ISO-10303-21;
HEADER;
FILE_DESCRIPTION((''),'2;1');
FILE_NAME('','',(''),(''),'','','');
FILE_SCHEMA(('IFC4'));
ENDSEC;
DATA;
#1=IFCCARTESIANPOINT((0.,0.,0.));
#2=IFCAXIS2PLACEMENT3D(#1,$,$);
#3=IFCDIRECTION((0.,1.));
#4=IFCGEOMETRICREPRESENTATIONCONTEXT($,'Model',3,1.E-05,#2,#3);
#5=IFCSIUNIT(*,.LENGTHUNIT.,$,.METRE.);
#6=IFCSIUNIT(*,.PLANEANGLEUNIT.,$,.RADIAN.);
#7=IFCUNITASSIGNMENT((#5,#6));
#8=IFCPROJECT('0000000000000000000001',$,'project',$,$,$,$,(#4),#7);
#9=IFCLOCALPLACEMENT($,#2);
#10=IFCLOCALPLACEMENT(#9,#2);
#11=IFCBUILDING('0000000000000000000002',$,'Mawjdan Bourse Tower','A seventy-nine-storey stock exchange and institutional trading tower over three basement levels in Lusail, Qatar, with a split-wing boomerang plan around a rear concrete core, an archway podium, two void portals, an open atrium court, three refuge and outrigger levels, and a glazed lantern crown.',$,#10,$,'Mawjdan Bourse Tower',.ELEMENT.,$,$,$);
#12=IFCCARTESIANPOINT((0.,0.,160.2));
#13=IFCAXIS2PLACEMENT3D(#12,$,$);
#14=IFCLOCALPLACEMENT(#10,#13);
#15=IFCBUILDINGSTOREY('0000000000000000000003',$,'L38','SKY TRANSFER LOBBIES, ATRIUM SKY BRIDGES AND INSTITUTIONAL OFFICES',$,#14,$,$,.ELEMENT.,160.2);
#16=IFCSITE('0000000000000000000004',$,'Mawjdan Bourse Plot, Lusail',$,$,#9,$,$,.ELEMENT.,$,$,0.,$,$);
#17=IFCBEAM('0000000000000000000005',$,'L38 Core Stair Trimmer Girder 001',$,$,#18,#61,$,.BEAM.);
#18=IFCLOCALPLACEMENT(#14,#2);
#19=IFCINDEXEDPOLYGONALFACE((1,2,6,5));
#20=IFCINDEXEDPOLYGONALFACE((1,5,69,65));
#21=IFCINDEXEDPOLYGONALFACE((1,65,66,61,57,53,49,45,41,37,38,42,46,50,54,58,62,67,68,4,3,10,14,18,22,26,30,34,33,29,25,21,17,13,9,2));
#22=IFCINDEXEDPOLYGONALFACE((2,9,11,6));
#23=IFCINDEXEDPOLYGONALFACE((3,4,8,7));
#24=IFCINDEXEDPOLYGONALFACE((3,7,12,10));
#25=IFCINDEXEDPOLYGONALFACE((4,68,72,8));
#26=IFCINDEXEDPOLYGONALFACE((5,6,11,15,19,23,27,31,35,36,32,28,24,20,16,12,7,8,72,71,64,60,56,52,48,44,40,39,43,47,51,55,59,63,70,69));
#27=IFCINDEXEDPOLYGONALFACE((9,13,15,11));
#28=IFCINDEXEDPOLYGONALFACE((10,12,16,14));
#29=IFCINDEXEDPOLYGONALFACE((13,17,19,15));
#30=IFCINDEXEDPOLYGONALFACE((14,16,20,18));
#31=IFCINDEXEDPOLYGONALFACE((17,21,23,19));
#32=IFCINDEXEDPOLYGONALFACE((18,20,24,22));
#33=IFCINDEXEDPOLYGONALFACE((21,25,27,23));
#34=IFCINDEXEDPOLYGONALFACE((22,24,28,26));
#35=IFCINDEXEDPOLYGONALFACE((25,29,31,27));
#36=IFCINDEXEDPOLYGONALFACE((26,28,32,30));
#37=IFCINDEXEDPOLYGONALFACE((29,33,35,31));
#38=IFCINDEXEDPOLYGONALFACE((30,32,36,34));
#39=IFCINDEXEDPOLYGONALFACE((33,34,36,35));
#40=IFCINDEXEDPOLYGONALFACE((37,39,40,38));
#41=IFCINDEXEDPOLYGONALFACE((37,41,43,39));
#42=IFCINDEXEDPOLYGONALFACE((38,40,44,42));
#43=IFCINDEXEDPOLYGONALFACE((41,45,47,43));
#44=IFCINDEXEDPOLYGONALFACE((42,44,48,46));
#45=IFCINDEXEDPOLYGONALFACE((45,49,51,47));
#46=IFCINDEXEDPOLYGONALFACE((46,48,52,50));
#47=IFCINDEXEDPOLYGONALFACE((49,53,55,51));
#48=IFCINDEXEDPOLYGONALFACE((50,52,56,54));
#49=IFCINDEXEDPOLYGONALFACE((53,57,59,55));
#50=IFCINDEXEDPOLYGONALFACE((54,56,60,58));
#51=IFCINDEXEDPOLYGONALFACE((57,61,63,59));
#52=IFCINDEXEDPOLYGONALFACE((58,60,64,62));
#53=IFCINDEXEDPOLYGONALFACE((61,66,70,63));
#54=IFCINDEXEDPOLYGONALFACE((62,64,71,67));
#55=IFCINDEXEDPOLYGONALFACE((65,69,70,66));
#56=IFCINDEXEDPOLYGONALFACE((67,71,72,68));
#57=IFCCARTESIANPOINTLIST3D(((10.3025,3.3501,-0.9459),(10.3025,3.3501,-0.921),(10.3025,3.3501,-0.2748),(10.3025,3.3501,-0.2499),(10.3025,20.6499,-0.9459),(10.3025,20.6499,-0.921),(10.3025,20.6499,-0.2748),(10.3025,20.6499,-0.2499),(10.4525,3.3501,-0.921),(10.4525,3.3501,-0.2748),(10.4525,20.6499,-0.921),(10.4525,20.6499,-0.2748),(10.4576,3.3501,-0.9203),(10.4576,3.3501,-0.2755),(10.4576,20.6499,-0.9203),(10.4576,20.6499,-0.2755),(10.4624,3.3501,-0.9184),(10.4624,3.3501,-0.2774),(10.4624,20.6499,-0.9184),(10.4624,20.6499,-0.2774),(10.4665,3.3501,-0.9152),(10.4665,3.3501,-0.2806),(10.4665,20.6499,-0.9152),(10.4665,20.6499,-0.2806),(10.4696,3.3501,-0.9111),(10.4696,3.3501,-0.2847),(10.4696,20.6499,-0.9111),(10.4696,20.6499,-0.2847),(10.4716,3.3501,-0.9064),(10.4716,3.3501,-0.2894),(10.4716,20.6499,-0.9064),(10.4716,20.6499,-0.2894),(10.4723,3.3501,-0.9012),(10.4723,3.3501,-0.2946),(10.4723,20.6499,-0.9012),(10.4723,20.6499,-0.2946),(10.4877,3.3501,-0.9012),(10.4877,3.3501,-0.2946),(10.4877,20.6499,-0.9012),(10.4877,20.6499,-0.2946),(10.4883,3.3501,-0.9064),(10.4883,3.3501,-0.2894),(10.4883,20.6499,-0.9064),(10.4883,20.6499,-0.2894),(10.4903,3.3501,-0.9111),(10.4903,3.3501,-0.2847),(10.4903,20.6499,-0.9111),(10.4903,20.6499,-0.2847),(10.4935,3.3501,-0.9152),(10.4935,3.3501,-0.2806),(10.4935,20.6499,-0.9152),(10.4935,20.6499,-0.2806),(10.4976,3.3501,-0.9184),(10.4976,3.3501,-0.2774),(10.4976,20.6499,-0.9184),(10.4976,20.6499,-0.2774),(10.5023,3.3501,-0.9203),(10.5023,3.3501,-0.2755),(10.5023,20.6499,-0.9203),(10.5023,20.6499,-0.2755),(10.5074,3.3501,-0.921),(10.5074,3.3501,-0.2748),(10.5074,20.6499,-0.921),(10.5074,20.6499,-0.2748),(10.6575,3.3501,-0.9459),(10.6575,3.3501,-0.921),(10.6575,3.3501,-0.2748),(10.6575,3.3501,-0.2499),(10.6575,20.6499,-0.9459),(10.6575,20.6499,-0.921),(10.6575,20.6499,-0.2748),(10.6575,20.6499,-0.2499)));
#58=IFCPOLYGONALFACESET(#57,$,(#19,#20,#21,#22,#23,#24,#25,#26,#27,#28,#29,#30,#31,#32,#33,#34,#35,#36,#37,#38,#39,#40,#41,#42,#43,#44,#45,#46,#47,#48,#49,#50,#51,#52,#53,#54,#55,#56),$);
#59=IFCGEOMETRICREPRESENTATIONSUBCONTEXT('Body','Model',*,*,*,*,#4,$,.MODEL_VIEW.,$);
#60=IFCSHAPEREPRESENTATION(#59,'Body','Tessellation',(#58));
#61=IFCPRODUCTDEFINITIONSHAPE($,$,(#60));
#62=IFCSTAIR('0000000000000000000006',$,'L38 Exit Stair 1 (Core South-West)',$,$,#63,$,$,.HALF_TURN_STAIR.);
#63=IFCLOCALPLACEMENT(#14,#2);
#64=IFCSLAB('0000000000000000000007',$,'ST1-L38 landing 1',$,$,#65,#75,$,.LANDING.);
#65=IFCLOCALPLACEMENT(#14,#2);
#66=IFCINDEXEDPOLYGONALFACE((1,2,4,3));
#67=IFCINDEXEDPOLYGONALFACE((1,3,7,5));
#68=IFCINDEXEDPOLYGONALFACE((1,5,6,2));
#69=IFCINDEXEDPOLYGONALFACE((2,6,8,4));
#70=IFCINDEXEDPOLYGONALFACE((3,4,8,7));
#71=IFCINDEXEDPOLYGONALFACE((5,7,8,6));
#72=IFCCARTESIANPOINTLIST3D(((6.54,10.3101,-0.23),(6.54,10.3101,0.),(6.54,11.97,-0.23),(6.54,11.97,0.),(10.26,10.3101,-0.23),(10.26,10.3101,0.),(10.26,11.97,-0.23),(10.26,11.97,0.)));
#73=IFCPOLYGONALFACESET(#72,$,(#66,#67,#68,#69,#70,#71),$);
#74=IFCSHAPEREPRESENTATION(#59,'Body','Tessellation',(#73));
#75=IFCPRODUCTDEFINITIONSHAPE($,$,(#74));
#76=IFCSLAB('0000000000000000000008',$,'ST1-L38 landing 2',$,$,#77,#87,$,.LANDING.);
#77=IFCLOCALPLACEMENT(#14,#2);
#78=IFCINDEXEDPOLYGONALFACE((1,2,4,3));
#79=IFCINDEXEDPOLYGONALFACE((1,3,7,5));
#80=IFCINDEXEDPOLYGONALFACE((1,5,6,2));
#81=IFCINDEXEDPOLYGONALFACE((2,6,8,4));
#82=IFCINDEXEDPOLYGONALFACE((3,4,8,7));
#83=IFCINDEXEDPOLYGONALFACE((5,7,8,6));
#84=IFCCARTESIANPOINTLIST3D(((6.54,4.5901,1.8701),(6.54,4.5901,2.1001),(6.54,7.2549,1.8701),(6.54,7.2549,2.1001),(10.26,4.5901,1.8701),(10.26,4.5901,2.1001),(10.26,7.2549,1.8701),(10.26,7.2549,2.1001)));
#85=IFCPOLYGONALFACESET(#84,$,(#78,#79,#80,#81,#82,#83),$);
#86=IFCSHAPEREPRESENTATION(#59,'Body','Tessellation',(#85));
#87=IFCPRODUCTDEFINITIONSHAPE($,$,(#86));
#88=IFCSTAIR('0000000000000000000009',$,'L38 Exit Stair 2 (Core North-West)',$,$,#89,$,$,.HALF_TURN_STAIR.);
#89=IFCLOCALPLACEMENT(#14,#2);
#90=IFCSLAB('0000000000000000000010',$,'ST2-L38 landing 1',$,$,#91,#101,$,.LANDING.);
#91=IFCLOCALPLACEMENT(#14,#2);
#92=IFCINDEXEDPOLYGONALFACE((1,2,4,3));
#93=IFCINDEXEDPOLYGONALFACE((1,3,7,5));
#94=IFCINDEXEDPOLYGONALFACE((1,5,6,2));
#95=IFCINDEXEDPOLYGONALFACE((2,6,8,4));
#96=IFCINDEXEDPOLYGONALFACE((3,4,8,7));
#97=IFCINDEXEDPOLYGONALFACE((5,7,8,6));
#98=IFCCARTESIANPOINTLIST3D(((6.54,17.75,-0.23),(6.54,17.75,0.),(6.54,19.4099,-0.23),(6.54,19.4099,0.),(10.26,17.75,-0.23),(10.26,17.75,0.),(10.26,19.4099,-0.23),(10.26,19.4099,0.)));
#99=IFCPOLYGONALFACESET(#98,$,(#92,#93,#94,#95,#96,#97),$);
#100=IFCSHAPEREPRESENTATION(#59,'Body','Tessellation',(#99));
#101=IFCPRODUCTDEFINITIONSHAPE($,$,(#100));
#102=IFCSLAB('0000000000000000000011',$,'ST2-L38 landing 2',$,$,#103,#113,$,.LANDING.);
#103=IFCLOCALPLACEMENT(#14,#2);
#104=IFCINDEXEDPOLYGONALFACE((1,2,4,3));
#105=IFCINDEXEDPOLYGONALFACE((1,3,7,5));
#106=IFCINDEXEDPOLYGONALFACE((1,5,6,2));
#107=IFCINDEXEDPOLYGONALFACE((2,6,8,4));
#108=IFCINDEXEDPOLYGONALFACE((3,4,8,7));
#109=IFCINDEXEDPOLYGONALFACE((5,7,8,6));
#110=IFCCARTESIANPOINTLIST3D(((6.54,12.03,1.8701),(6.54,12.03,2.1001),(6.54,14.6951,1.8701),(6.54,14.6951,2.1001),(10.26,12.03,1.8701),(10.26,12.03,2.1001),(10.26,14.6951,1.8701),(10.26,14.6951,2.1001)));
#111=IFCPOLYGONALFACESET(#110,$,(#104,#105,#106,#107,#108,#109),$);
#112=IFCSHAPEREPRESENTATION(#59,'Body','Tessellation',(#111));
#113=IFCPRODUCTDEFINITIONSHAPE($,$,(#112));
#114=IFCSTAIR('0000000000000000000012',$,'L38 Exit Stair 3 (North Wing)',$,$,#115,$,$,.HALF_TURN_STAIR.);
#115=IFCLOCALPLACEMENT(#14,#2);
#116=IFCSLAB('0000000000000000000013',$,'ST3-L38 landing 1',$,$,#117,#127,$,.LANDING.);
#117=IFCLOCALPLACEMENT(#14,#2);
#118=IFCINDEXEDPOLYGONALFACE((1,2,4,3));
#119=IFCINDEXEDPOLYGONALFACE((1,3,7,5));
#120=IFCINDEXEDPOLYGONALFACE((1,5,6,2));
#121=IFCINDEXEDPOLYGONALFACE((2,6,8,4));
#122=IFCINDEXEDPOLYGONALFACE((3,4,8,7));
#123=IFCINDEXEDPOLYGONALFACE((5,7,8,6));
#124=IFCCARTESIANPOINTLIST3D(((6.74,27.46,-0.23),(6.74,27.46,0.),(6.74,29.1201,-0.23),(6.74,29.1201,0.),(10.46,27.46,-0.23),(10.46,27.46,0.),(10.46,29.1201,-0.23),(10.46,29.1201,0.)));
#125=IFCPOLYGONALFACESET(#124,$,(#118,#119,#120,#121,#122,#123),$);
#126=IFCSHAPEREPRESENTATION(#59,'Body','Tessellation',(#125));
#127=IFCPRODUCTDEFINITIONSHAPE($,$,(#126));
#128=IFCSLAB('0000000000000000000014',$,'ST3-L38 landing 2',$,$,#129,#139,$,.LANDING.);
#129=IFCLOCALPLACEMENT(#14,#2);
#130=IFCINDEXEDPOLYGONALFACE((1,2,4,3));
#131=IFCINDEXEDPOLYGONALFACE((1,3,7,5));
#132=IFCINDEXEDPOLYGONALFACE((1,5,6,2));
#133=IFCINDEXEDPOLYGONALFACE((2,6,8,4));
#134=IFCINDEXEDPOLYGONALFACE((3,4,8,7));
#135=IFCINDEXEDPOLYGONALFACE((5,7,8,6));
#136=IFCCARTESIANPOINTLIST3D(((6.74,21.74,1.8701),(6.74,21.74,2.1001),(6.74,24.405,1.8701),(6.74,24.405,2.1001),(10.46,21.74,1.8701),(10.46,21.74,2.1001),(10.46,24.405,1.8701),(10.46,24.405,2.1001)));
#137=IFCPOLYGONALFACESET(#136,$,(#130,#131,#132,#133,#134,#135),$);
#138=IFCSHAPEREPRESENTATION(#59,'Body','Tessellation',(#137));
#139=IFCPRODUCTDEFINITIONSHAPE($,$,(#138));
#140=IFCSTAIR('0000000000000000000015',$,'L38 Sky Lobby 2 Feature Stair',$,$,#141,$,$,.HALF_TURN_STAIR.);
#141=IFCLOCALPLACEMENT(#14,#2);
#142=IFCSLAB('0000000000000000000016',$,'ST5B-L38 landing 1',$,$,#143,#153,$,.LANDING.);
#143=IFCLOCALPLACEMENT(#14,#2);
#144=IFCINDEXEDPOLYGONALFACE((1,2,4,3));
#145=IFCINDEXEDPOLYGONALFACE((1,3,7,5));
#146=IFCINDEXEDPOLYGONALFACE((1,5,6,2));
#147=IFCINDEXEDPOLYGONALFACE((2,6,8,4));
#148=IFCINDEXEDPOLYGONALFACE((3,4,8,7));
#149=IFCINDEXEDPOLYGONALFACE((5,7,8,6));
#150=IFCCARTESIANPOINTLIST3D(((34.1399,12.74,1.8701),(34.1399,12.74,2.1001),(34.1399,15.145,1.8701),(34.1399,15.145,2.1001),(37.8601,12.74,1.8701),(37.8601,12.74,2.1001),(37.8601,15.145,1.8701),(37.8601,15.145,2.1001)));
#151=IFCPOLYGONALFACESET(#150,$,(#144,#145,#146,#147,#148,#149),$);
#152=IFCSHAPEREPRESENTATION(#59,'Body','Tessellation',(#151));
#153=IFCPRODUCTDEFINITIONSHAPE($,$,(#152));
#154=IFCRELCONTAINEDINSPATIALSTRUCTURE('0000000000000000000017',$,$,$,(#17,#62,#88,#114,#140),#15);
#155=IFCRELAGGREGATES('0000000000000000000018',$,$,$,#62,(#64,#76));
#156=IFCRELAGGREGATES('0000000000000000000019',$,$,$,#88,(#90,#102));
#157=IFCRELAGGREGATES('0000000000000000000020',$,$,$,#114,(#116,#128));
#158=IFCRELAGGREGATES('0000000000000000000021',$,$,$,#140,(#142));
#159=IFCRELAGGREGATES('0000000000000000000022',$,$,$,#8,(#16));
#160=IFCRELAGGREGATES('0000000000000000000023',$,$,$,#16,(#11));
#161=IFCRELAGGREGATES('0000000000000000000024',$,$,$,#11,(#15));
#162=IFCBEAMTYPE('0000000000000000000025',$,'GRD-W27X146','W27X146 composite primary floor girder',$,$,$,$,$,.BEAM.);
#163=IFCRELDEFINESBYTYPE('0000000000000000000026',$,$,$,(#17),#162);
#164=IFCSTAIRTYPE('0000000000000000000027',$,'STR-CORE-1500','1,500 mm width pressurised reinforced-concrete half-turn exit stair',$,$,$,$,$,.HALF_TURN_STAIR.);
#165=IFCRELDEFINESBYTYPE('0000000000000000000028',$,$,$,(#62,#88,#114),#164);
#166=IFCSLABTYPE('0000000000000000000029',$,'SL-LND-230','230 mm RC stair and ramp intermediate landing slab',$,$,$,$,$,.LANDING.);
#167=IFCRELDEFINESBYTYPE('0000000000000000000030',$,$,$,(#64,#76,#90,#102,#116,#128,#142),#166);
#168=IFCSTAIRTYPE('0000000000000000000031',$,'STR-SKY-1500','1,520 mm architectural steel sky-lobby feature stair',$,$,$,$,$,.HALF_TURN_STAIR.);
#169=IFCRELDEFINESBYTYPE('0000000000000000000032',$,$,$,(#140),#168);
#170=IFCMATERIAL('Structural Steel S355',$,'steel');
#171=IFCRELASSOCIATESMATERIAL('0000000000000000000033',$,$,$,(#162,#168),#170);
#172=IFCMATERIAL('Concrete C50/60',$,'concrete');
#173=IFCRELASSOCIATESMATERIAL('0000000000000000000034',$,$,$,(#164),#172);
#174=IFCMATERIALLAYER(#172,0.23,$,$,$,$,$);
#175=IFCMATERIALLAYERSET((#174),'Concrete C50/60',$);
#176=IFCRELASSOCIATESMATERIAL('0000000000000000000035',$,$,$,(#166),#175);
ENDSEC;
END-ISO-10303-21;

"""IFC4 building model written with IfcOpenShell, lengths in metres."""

from ifc_helpers import new_model, si_unit, direction, frame, origin, origin_2d, place, context, subcontext, project, spatial, polyline, i_section, outline, extrude, material, layer, layer_set, material_profile, profile_set, type_object, element, aggregate, save


model = new_model("IFC4")

# Units and contexts
model_context = context("Model", 3, precision=1e-05, world=origin(), true_north=direction((0.0, 1.0)))
body_context = subcontext(model_context, "Body", "Model", "MODEL_VIEW")
ifc_project = project(units=[si_unit("LENGTHUNIT", "METRE"), si_unit("PLANEANGLEUNIT", "RADIAN")], contexts=[model_context])

# Site, building, storey
site_placement = place(None, origin())
site = spatial("IfcSite", under=ifc_project, at=site_placement, Name="Mawjdan Bourse Plot, Lusail", CompositionType="ELEMENT", RefElevation=0.0)
building_placement = place(site_placement, origin())
building = spatial("IfcBuilding", under=site, at=building_placement, Name="Mawjdan Bourse Tower", Description="A seventy-nine-storey stock exchange and institutional trading tower over three basement levels in Lusail, Qatar, with a split-wing boomerang plan around a rear concrete core, an archway podium, two void portals, an open atrium court, three refuge and outrigger levels, and a glazed lantern crown.", LongName="Mawjdan Bourse Tower", CompositionType="ELEMENT")
storey_placement = place(building_placement, frame((0.0, 0.0, 160.2)))
storey = spatial("IfcBuildingStorey", under=building, at=storey_placement, Name="L38", Description="SKY TRANSFER LOBBIES, ATRIUM SKY BRIDGES AND INSTITUTIONAL OFFICES", CompositionType="ELEMENT", Elevation=160.2)

# Beam
ifc_material_1 = material(Name="Structural Steel S355", Category="steel")
ifc_material_profile = material_profile(ifc_material_1, i_section(OverallWidth=0.355, OverallDepth=0.696, WebThickness=0.0154, FlangeThickness=0.0249, FilletRadius=0.0198, at=origin_2d()), Name="W27X146")
ifc_profile_set = profile_set([ifc_material_profile], Name="Structural Steel S355")
beam_type = type_object("IfcBeamType", Name="GRD-W27X146", Description="W27X146 composite primary floor girder", PredefinedType="BEAM", material=ifc_profile_set)
beam_placement = place(storey_placement, frame((10.48, 3.3501, -0.5979), z_axis=(0.0, 1.0, 0.0), x_axis=(-1.0, 0.0, 0.0)))
element("IfcBeam", 1, at=beam_placement, inside=storey, type_object=beam_type, Name="L38 Core Stair Trimmer Girder 001", PredefinedType="BEAM", context=body_context, shape_type="SweptSolid", body=[
    extrude(i_section(OverallWidth=0.355, OverallDepth=0.696, WebThickness=0.0154, FlangeThickness=0.0249, FilletRadius=0.0198, at=origin_2d()), origin(), (0.0, 0.0, 1.0), 17.2998),
])

# Stairs, slabs
ifc_material_2 = material(Name="Concrete C50/60", Category="concrete")
stair_type_1 = type_object("IfcStairType", Name="STR-CORE-1500", Description="1,500 mm width pressurised reinforced-concrete half-turn exit stair", PredefinedType="HALF_TURN_STAIR", material=ifc_material_2)
stair_1_placement = place(storey_placement, origin())
stair_1 = element("IfcStair", 2, at=stair_1_placement, inside=storey, type_object=stair_type_1, Name="L38 Exit Stair 1 (Core South-West)", PredefinedType="HALF_TURN_STAIR")
ifc_layer_1 = layer(ifc_material_2, 0.23)
ifc_layer_set_1 = layer_set([ifc_layer_1], Name="Concrete C50/60")
slab_type_1 = type_object("IfcSlabType", Name="SL-LND-230", Description="230 mm RC stair and ramp intermediate landing slab", PredefinedType="LANDING", material=ifc_layer_set_1)
slab_1_placement = place(storey_placement, frame((0.0, 0.0, -0.23)))
slab_1 = element("IfcSlab", 3, at=slab_1_placement, type_object=slab_type_1, Name="ST1-L38 landing 1", PredefinedType="LANDING", context=body_context, shape_type="SweptSolid", body=[
    extrude(outline(polyline([(6.54, 10.3101), (10.26, 10.3101), (10.26, 11.97), (6.54, 11.97), (6.54, 10.3101)])), origin(), (0.0, 0.0, 1.0), 0.23),
])
slab_2_placement = place(storey_placement, frame((0.0, 0.0, 1.8701)))
slab_2 = element("IfcSlab", 4, at=slab_2_placement, type_object=slab_type_1, Name="ST1-L38 landing 2", PredefinedType="LANDING", context=body_context, shape_type="SweptSolid", body=[
    extrude(outline(polyline([(6.54, 4.5901), (10.26, 4.5901), (10.26, 7.2549), (6.54, 7.2549), (6.54, 4.5901)])), origin(), (0.0, 0.0, 1.0), 0.23),
])
aggregate(stair_1, [slab_1, slab_2])
stair_2_placement = place(storey_placement, origin())
stair_2 = element("IfcStair", 5, at=stair_2_placement, inside=storey, type_object=stair_type_1, Name="L38 Exit Stair 2 (Core North-West)", PredefinedType="HALF_TURN_STAIR")
slab_3_placement = place(storey_placement, frame((0.0, 0.0, -0.23)))
slab_3 = element("IfcSlab", 6, at=slab_3_placement, type_object=slab_type_1, Name="ST2-L38 landing 1", PredefinedType="LANDING", context=body_context, shape_type="SweptSolid", body=[
    extrude(outline(polyline([(6.54, 17.75), (10.26, 17.75), (10.26, 19.4099), (6.54, 19.4099), (6.54, 17.75)])), origin(), (0.0, 0.0, 1.0), 0.23),
])
slab_4_placement = place(storey_placement, frame((0.0, 0.0, 1.8701)))
slab_4 = element("IfcSlab", 7, at=slab_4_placement, type_object=slab_type_1, Name="ST2-L38 landing 2", PredefinedType="LANDING", context=body_context, shape_type="SweptSolid", body=[
    extrude(outline(polyline([(6.54, 12.03), (10.26, 12.03), (10.26, 14.6951), (6.54, 14.6951), (6.54, 12.03)])), origin(), (0.0, 0.0, 1.0), 0.23),
])
aggregate(stair_2, [slab_3, slab_4])
stair_3_placement = place(storey_placement, origin())
stair_3 = element("IfcStair", 8, at=stair_3_placement, inside=storey, type_object=stair_type_1, Name="L38 Exit Stair 3 (North Wing)", PredefinedType="HALF_TURN_STAIR")
slab_5_placement = place(storey_placement, frame((0.0, 0.0, -0.23)))
slab_5 = element("IfcSlab", 9, at=slab_5_placement, type_object=slab_type_1, Name="ST3-L38 landing 1", PredefinedType="LANDING", context=body_context, shape_type="SweptSolid", body=[
    extrude(outline(polyline([(6.74, 27.46), (10.46, 27.46), (10.46, 29.1201), (6.74, 29.1201), (6.74, 27.46)])), origin(), (0.0, 0.0, 1.0), 0.23),
])
slab_6_placement = place(storey_placement, frame((0.0, 0.0, 1.8701)))
slab_6 = element("IfcSlab", 10, at=slab_6_placement, type_object=slab_type_1, Name="ST3-L38 landing 2", PredefinedType="LANDING", context=body_context, shape_type="SweptSolid", body=[
    extrude(outline(polyline([(6.74, 21.74), (10.46, 21.74), (10.46, 24.405), (6.74, 24.405), (6.74, 21.74)])), origin(), (0.0, 0.0, 1.0), 0.23),
])
aggregate(stair_3, [slab_5, slab_6])

# Stair, slab
stair_type_2 = type_object("IfcStairType", Name="STR-SKY-1500", Description="1,520 mm architectural steel sky-lobby feature stair", PredefinedType="HALF_TURN_STAIR", material=ifc_material_1)
stair_4_placement = place(storey_placement, origin())
stair_4 = element("IfcStair", 11, at=stair_4_placement, inside=storey, type_object=stair_type_2, Name="L38 Sky Lobby 2 Feature Stair", PredefinedType="HALF_TURN_STAIR")
slab_7_placement = place(storey_placement, frame((0.0, 0.0, 1.8701)))
slab_7 = element("IfcSlab", 12, at=slab_7_placement, type_object=slab_type_1, Name="ST5B-L38 landing 1", PredefinedType="LANDING", context=body_context, shape_type="SweptSolid", body=[
    extrude(outline(polyline([(34.1399, 12.74), (37.8601, 12.74), (37.8601, 15.145), (34.1399, 15.145), (34.1399, 12.74)])), origin(), (0.0, 0.0, 1.0), 0.23),
])
aggregate(stair_4, [slab_7])

save(model, "model.ifc")
